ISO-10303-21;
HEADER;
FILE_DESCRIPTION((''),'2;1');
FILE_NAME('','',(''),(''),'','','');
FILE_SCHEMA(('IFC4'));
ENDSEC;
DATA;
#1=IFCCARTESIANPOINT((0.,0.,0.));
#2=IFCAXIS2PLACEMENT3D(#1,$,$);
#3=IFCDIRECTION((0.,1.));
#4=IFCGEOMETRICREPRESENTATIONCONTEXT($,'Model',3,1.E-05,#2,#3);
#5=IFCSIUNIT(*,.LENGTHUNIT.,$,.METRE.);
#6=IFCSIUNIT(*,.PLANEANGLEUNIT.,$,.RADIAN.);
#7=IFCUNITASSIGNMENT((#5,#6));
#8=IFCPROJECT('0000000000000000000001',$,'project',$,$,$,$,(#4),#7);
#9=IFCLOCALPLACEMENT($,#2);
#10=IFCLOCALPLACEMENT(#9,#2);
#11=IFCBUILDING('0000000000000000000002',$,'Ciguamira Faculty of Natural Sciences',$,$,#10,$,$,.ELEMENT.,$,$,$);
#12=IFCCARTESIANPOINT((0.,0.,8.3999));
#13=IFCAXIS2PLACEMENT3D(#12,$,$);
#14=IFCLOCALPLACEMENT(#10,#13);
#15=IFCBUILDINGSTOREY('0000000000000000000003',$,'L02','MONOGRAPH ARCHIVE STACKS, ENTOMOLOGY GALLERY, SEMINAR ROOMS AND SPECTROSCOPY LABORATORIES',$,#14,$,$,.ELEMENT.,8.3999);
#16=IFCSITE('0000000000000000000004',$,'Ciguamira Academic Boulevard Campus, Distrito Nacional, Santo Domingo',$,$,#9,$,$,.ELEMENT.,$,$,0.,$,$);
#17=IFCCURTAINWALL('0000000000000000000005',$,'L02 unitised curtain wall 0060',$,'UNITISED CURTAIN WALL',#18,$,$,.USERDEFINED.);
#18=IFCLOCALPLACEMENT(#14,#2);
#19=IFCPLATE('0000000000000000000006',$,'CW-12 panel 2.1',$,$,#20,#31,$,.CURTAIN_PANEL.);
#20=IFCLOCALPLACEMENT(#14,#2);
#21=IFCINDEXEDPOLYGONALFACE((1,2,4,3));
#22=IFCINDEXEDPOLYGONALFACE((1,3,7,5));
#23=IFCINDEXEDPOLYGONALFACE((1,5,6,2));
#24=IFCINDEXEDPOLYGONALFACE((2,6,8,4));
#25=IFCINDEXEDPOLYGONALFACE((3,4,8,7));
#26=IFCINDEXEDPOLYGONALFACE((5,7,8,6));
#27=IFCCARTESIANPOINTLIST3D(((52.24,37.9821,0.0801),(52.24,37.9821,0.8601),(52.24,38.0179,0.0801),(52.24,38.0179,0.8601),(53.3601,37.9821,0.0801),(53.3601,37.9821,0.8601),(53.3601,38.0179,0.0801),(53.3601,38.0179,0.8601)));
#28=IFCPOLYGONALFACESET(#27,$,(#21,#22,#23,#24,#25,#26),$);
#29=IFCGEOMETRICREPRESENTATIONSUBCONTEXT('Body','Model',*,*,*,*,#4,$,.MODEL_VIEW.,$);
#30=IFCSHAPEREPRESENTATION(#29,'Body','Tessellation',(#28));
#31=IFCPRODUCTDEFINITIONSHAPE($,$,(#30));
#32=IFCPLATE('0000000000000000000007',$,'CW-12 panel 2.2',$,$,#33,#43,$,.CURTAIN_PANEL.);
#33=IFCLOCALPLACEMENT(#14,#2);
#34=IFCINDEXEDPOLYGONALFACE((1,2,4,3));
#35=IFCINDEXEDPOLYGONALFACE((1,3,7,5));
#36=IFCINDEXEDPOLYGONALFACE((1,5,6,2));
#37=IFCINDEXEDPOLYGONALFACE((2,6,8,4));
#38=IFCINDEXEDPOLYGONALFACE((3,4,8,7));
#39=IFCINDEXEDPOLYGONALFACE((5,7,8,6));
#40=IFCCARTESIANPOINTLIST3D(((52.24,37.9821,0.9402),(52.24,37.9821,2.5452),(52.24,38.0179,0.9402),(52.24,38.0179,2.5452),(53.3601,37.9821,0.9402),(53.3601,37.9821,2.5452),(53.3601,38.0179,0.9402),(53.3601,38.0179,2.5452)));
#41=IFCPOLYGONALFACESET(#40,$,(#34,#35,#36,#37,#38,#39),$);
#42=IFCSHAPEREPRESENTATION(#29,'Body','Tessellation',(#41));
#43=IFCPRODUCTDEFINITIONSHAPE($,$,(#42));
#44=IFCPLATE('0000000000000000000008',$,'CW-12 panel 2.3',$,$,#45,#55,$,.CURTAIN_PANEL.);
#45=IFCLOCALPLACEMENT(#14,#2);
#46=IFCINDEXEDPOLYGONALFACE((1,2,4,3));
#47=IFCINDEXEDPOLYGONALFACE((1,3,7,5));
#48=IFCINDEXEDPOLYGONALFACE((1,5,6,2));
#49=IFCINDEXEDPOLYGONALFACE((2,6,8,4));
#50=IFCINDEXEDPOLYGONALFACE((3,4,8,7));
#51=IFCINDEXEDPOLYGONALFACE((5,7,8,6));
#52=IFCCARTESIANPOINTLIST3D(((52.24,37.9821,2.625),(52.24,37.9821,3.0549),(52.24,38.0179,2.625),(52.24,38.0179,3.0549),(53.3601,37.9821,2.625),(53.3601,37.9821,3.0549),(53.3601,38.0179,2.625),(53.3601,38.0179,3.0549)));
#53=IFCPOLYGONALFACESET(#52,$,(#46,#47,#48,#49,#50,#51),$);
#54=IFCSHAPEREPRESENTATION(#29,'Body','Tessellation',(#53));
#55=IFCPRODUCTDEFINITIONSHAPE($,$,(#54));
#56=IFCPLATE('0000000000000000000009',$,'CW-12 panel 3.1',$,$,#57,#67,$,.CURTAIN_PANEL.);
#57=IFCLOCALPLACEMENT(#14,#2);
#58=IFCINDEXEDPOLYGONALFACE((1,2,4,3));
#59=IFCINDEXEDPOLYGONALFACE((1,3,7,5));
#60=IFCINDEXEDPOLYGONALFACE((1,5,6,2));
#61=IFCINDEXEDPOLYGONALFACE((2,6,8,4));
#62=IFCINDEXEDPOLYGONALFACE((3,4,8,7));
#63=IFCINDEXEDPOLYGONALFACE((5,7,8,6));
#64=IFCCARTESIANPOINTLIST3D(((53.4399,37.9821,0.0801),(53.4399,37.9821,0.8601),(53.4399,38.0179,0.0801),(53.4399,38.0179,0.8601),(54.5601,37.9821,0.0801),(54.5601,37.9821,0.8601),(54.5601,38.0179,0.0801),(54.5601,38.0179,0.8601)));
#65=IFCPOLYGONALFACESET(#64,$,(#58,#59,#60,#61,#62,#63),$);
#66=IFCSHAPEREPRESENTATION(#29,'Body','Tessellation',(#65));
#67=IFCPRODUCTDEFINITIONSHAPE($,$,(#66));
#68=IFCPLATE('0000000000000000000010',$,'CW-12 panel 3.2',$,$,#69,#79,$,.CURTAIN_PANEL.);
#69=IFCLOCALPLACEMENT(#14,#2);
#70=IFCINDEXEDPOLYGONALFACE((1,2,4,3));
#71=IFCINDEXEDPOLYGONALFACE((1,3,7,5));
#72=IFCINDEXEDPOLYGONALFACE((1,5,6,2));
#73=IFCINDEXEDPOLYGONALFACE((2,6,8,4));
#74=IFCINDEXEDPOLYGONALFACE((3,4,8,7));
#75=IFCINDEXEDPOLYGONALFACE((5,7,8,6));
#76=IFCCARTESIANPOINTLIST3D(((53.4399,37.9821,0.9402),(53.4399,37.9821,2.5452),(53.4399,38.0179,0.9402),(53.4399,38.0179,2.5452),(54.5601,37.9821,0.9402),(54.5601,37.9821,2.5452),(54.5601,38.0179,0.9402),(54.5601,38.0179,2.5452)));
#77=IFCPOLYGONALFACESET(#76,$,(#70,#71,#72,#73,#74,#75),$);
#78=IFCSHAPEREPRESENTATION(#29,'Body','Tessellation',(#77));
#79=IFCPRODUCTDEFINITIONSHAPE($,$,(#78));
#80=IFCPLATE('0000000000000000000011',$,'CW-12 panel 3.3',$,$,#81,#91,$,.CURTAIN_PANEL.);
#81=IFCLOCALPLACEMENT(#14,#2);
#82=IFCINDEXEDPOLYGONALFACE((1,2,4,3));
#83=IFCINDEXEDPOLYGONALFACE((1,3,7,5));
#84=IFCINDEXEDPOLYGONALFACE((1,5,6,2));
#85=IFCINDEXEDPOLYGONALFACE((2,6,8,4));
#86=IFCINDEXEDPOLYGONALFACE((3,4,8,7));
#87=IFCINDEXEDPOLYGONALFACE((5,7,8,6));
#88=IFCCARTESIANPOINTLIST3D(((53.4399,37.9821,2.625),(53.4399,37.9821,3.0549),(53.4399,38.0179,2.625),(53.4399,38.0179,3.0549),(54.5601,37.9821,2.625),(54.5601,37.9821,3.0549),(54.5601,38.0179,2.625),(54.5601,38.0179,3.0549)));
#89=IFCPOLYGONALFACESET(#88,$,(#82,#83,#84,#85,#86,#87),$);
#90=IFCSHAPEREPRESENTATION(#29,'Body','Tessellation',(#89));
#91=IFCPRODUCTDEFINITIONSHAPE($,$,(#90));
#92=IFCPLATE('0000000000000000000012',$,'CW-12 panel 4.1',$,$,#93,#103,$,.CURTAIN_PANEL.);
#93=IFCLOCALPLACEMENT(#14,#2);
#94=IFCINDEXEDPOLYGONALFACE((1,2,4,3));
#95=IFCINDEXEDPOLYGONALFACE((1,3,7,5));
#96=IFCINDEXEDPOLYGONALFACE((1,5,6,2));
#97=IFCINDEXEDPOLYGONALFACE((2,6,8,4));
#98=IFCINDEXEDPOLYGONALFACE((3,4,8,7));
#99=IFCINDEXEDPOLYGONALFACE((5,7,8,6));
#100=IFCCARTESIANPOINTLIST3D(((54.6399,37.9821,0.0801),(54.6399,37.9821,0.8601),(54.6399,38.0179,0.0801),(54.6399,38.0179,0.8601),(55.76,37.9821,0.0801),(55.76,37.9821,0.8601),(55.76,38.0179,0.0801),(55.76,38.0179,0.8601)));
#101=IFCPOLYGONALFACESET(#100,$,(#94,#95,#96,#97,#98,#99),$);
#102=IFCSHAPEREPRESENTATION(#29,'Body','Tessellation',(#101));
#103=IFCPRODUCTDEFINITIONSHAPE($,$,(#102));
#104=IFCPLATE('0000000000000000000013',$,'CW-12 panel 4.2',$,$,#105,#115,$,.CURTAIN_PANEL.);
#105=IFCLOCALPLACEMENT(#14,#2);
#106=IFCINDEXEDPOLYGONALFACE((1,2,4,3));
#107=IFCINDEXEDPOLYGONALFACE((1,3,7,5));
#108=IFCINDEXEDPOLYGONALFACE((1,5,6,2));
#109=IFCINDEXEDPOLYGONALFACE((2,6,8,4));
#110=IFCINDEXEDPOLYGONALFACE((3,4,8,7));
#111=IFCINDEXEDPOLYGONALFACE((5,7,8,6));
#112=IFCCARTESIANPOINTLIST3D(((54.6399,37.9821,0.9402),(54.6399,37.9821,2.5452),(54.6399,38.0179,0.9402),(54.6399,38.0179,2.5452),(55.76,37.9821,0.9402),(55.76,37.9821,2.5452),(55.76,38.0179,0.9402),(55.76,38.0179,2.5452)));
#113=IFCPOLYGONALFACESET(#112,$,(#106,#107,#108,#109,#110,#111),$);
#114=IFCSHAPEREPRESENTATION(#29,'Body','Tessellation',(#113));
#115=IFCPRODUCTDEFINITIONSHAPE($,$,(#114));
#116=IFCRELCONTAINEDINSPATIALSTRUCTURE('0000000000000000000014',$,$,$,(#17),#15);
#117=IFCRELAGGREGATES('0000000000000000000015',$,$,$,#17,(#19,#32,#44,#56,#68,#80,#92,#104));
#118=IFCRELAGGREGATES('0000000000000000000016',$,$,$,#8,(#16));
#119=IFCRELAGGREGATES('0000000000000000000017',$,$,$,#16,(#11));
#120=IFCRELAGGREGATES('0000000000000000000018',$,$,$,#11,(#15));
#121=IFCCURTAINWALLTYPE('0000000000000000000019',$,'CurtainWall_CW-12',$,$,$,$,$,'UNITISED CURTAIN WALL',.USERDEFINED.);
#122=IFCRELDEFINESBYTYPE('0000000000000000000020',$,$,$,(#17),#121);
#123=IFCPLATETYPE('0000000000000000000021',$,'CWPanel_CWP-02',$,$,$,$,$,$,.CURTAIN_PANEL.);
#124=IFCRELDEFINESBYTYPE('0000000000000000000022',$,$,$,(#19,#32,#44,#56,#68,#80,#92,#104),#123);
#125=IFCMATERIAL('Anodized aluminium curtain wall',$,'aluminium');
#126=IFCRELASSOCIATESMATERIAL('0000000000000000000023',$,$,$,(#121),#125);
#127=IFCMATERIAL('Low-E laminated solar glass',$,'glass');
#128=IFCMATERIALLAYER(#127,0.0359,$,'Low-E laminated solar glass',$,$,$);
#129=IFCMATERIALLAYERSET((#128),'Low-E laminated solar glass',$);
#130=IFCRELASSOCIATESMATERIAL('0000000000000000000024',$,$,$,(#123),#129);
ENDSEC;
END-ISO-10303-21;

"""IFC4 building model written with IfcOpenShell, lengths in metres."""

from ifc_helpers import new_model, si_unit, direction, frame, origin, origin_2d, place, context, subcontext, project, spatial, rectangle, extrude, material, layer, layer_set, type_object, element, aggregate, save


model = new_model("IFC4")

# Units and contexts
model_context = context("Model", 3, precision=1e-05, world=origin(), true_north=direction((0.0, 1.0)))
body_context = subcontext(model_context, "Body", "Model", "MODEL_VIEW")
ifc_project = project(units=[si_unit("LENGTHUNIT", "METRE"), si_unit("PLANEANGLEUNIT", "RADIAN")], contexts=[model_context])

# Site, building, storey
site_placement = place(None, origin())
site = spatial("IfcSite", under=ifc_project, at=site_placement, Name="Ciguamira Academic Boulevard Campus, Distrito Nacional, Santo Domingo", CompositionType="ELEMENT", RefElevation=0.0)
building_placement = place(site_placement, origin())
building = spatial("IfcBuilding", under=site, at=building_placement, Name="Ciguamira Faculty of Natural Sciences", CompositionType="ELEMENT")
storey_placement = place(building_placement, frame((0.0, 0.0, 8.3999)))
storey = spatial("IfcBuildingStorey", under=building, at=storey_placement, Name="L02", Description="MONOGRAPH ARCHIVE STACKS, ENTOMOLOGY GALLERY, SEMINAR ROOMS AND SPECTROSCOPY LABORATORIES", CompositionType="ELEMENT", Elevation=8.3999)

# Curtain wall, plates
ifc_material_1 = material(Name="Anodized aluminium curtain wall", Category="aluminium")
curtain_wall_type = type_object("IfcCurtainWallType", Name="CurtainWall_CW-12", ElementType="UNITISED CURTAIN WALL", PredefinedType="USERDEFINED", material=ifc_material_1)
curtain_wall_placement = place(storey_placement, origin())
curtain_wall = element("IfcCurtainWall", 1, at=curtain_wall_placement, inside=storey, type_object=curtain_wall_type, Name="L02 unitised curtain wall 0060", ObjectType="UNITISED CURTAIN WALL", PredefinedType="USERDEFINED")
ifc_material_2 = material(Name="Low-E laminated solar glass", Category="glass")
ifc_layer = layer(ifc_material_2, 0.0359, Name="Low-E laminated solar glass")
ifc_layer_set = layer_set([ifc_layer], Name="Low-E laminated solar glass")
plate_type = type_object("IfcPlateType", Name="CWPanel_CWP-02", PredefinedType="CURTAIN_PANEL", material=ifc_layer_set)
plate_1_placement = place(storey_placement, frame((52.8, 38.0, 0.0801), z_axis=(0.0, 0.0, 1.0), x_axis=(1.0, 0.0, 0.0)))
plate_1 = element("IfcPlate", 2, at=plate_1_placement, type_object=plate_type, Name="CW-12 panel 2.1", PredefinedType="CURTAIN_PANEL", context=body_context, shape_type="SweptSolid", body=[
    extrude(rectangle(XDim=1.1201, YDim=0.0359, at=origin_2d()), origin(), (0.0, 0.0, 1.0), 0.78),
])
plate_2_placement = place(storey_placement, frame((52.8, 38.0, 0.9402), z_axis=(0.0, 0.0, 1.0), x_axis=(1.0, 0.0, 0.0)))
plate_2 = element("IfcPlate", 3, at=plate_2_placement, type_object=plate_type, Name="CW-12 panel 2.2", PredefinedType="CURTAIN_PANEL", context=body_context, shape_type="SweptSolid", body=[
    extrude(rectangle(XDim=1.1201, YDim=0.0359, at=origin_2d()), origin(), (0.0, 0.0, 1.0), 1.605),
])
plate_3_placement = place(storey_placement, frame((52.8, 38.0, 2.625), z_axis=(0.0, 0.0, 1.0), x_axis=(1.0, 0.0, 0.0)))
plate_3 = element("IfcPlate", 4, at=plate_3_placement, type_object=plate_type, Name="CW-12 panel 2.3", PredefinedType="CURTAIN_PANEL", context=body_context, shape_type="SweptSolid", body=[
    extrude(rectangle(XDim=1.1201, YDim=0.0359, at=origin_2d()), origin(), (0.0, 0.0, 1.0), 0.4299),
])
plate_4_placement = place(storey_placement, frame((54.0, 38.0, 0.0801), z_axis=(0.0, 0.0, 1.0), x_axis=(1.0, 0.0, 0.0)))
plate_4 = element("IfcPlate", 5, at=plate_4_placement, type_object=plate_type, Name="CW-12 panel 3.1", PredefinedType="CURTAIN_PANEL", context=body_context, shape_type="SweptSolid", body=[
    extrude(rectangle(XDim=1.1201, YDim=0.0359, at=origin_2d()), origin(), (0.0, 0.0, 1.0), 0.78),
])
plate_5_placement = place(storey_placement, frame((54.0, 38.0, 0.9402), z_axis=(0.0, 0.0, 1.0), x_axis=(1.0, 0.0, 0.0)))
plate_5 = element("IfcPlate", 6, at=plate_5_placement, type_object=plate_type, Name="CW-12 panel 3.2", PredefinedType="CURTAIN_PANEL", context=body_context, shape_type="SweptSolid", body=[
    extrude(rectangle(XDim=1.1201, YDim=0.0359, at=origin_2d()), origin(), (0.0, 0.0, 1.0), 1.605),
])
plate_6_placement = place(storey_placement, frame((54.0, 38.0, 2.625), z_axis=(0.0, 0.0, 1.0), x_axis=(1.0, 0.0, 0.0)))
plate_6 = element("IfcPlate", 7, at=plate_6_placement, type_object=plate_type, Name="CW-12 panel 3.3", PredefinedType="CURTAIN_PANEL", context=body_context, shape_type="SweptSolid", body=[
    extrude(rectangle(XDim=1.1201, YDim=0.0359, at=origin_2d()), origin(), (0.0, 0.0, 1.0), 0.4299),
])
plate_7_placement = place(storey_placement, frame((55.2, 38.0, 0.0801), z_axis=(0.0, 0.0, 1.0), x_axis=(1.0, 0.0, 0.0)))
plate_7 = element("IfcPlate", 8, at=plate_7_placement, type_object=plate_type, Name="CW-12 panel 4.1", PredefinedType="CURTAIN_PANEL", context=body_context, shape_type="SweptSolid", body=[
    extrude(rectangle(XDim=1.1201, YDim=0.0359, at=origin_2d()), origin(), (0.0, 0.0, 1.0), 0.78),
])
plate_8_placement = place(storey_placement, frame((55.2, 38.0, 0.9402), z_axis=(0.0, 0.0, 1.0), x_axis=(1.0, 0.0, 0.0)))
plate_8 = element("IfcPlate", 9, at=plate_8_placement, type_object=plate_type, Name="CW-12 panel 4.2", PredefinedType="CURTAIN_PANEL", context=body_context, shape_type="SweptSolid", body=[
    extrude(rectangle(XDim=1.1201, YDim=0.0359, at=origin_2d()), origin(), (0.0, 0.0, 1.0), 1.605),
])
aggregate(curtain_wall, [plate_1, plate_2, plate_3, plate_4, plate_5, plate_6, plate_7, plate_8])

save(model, "model.ifc")
